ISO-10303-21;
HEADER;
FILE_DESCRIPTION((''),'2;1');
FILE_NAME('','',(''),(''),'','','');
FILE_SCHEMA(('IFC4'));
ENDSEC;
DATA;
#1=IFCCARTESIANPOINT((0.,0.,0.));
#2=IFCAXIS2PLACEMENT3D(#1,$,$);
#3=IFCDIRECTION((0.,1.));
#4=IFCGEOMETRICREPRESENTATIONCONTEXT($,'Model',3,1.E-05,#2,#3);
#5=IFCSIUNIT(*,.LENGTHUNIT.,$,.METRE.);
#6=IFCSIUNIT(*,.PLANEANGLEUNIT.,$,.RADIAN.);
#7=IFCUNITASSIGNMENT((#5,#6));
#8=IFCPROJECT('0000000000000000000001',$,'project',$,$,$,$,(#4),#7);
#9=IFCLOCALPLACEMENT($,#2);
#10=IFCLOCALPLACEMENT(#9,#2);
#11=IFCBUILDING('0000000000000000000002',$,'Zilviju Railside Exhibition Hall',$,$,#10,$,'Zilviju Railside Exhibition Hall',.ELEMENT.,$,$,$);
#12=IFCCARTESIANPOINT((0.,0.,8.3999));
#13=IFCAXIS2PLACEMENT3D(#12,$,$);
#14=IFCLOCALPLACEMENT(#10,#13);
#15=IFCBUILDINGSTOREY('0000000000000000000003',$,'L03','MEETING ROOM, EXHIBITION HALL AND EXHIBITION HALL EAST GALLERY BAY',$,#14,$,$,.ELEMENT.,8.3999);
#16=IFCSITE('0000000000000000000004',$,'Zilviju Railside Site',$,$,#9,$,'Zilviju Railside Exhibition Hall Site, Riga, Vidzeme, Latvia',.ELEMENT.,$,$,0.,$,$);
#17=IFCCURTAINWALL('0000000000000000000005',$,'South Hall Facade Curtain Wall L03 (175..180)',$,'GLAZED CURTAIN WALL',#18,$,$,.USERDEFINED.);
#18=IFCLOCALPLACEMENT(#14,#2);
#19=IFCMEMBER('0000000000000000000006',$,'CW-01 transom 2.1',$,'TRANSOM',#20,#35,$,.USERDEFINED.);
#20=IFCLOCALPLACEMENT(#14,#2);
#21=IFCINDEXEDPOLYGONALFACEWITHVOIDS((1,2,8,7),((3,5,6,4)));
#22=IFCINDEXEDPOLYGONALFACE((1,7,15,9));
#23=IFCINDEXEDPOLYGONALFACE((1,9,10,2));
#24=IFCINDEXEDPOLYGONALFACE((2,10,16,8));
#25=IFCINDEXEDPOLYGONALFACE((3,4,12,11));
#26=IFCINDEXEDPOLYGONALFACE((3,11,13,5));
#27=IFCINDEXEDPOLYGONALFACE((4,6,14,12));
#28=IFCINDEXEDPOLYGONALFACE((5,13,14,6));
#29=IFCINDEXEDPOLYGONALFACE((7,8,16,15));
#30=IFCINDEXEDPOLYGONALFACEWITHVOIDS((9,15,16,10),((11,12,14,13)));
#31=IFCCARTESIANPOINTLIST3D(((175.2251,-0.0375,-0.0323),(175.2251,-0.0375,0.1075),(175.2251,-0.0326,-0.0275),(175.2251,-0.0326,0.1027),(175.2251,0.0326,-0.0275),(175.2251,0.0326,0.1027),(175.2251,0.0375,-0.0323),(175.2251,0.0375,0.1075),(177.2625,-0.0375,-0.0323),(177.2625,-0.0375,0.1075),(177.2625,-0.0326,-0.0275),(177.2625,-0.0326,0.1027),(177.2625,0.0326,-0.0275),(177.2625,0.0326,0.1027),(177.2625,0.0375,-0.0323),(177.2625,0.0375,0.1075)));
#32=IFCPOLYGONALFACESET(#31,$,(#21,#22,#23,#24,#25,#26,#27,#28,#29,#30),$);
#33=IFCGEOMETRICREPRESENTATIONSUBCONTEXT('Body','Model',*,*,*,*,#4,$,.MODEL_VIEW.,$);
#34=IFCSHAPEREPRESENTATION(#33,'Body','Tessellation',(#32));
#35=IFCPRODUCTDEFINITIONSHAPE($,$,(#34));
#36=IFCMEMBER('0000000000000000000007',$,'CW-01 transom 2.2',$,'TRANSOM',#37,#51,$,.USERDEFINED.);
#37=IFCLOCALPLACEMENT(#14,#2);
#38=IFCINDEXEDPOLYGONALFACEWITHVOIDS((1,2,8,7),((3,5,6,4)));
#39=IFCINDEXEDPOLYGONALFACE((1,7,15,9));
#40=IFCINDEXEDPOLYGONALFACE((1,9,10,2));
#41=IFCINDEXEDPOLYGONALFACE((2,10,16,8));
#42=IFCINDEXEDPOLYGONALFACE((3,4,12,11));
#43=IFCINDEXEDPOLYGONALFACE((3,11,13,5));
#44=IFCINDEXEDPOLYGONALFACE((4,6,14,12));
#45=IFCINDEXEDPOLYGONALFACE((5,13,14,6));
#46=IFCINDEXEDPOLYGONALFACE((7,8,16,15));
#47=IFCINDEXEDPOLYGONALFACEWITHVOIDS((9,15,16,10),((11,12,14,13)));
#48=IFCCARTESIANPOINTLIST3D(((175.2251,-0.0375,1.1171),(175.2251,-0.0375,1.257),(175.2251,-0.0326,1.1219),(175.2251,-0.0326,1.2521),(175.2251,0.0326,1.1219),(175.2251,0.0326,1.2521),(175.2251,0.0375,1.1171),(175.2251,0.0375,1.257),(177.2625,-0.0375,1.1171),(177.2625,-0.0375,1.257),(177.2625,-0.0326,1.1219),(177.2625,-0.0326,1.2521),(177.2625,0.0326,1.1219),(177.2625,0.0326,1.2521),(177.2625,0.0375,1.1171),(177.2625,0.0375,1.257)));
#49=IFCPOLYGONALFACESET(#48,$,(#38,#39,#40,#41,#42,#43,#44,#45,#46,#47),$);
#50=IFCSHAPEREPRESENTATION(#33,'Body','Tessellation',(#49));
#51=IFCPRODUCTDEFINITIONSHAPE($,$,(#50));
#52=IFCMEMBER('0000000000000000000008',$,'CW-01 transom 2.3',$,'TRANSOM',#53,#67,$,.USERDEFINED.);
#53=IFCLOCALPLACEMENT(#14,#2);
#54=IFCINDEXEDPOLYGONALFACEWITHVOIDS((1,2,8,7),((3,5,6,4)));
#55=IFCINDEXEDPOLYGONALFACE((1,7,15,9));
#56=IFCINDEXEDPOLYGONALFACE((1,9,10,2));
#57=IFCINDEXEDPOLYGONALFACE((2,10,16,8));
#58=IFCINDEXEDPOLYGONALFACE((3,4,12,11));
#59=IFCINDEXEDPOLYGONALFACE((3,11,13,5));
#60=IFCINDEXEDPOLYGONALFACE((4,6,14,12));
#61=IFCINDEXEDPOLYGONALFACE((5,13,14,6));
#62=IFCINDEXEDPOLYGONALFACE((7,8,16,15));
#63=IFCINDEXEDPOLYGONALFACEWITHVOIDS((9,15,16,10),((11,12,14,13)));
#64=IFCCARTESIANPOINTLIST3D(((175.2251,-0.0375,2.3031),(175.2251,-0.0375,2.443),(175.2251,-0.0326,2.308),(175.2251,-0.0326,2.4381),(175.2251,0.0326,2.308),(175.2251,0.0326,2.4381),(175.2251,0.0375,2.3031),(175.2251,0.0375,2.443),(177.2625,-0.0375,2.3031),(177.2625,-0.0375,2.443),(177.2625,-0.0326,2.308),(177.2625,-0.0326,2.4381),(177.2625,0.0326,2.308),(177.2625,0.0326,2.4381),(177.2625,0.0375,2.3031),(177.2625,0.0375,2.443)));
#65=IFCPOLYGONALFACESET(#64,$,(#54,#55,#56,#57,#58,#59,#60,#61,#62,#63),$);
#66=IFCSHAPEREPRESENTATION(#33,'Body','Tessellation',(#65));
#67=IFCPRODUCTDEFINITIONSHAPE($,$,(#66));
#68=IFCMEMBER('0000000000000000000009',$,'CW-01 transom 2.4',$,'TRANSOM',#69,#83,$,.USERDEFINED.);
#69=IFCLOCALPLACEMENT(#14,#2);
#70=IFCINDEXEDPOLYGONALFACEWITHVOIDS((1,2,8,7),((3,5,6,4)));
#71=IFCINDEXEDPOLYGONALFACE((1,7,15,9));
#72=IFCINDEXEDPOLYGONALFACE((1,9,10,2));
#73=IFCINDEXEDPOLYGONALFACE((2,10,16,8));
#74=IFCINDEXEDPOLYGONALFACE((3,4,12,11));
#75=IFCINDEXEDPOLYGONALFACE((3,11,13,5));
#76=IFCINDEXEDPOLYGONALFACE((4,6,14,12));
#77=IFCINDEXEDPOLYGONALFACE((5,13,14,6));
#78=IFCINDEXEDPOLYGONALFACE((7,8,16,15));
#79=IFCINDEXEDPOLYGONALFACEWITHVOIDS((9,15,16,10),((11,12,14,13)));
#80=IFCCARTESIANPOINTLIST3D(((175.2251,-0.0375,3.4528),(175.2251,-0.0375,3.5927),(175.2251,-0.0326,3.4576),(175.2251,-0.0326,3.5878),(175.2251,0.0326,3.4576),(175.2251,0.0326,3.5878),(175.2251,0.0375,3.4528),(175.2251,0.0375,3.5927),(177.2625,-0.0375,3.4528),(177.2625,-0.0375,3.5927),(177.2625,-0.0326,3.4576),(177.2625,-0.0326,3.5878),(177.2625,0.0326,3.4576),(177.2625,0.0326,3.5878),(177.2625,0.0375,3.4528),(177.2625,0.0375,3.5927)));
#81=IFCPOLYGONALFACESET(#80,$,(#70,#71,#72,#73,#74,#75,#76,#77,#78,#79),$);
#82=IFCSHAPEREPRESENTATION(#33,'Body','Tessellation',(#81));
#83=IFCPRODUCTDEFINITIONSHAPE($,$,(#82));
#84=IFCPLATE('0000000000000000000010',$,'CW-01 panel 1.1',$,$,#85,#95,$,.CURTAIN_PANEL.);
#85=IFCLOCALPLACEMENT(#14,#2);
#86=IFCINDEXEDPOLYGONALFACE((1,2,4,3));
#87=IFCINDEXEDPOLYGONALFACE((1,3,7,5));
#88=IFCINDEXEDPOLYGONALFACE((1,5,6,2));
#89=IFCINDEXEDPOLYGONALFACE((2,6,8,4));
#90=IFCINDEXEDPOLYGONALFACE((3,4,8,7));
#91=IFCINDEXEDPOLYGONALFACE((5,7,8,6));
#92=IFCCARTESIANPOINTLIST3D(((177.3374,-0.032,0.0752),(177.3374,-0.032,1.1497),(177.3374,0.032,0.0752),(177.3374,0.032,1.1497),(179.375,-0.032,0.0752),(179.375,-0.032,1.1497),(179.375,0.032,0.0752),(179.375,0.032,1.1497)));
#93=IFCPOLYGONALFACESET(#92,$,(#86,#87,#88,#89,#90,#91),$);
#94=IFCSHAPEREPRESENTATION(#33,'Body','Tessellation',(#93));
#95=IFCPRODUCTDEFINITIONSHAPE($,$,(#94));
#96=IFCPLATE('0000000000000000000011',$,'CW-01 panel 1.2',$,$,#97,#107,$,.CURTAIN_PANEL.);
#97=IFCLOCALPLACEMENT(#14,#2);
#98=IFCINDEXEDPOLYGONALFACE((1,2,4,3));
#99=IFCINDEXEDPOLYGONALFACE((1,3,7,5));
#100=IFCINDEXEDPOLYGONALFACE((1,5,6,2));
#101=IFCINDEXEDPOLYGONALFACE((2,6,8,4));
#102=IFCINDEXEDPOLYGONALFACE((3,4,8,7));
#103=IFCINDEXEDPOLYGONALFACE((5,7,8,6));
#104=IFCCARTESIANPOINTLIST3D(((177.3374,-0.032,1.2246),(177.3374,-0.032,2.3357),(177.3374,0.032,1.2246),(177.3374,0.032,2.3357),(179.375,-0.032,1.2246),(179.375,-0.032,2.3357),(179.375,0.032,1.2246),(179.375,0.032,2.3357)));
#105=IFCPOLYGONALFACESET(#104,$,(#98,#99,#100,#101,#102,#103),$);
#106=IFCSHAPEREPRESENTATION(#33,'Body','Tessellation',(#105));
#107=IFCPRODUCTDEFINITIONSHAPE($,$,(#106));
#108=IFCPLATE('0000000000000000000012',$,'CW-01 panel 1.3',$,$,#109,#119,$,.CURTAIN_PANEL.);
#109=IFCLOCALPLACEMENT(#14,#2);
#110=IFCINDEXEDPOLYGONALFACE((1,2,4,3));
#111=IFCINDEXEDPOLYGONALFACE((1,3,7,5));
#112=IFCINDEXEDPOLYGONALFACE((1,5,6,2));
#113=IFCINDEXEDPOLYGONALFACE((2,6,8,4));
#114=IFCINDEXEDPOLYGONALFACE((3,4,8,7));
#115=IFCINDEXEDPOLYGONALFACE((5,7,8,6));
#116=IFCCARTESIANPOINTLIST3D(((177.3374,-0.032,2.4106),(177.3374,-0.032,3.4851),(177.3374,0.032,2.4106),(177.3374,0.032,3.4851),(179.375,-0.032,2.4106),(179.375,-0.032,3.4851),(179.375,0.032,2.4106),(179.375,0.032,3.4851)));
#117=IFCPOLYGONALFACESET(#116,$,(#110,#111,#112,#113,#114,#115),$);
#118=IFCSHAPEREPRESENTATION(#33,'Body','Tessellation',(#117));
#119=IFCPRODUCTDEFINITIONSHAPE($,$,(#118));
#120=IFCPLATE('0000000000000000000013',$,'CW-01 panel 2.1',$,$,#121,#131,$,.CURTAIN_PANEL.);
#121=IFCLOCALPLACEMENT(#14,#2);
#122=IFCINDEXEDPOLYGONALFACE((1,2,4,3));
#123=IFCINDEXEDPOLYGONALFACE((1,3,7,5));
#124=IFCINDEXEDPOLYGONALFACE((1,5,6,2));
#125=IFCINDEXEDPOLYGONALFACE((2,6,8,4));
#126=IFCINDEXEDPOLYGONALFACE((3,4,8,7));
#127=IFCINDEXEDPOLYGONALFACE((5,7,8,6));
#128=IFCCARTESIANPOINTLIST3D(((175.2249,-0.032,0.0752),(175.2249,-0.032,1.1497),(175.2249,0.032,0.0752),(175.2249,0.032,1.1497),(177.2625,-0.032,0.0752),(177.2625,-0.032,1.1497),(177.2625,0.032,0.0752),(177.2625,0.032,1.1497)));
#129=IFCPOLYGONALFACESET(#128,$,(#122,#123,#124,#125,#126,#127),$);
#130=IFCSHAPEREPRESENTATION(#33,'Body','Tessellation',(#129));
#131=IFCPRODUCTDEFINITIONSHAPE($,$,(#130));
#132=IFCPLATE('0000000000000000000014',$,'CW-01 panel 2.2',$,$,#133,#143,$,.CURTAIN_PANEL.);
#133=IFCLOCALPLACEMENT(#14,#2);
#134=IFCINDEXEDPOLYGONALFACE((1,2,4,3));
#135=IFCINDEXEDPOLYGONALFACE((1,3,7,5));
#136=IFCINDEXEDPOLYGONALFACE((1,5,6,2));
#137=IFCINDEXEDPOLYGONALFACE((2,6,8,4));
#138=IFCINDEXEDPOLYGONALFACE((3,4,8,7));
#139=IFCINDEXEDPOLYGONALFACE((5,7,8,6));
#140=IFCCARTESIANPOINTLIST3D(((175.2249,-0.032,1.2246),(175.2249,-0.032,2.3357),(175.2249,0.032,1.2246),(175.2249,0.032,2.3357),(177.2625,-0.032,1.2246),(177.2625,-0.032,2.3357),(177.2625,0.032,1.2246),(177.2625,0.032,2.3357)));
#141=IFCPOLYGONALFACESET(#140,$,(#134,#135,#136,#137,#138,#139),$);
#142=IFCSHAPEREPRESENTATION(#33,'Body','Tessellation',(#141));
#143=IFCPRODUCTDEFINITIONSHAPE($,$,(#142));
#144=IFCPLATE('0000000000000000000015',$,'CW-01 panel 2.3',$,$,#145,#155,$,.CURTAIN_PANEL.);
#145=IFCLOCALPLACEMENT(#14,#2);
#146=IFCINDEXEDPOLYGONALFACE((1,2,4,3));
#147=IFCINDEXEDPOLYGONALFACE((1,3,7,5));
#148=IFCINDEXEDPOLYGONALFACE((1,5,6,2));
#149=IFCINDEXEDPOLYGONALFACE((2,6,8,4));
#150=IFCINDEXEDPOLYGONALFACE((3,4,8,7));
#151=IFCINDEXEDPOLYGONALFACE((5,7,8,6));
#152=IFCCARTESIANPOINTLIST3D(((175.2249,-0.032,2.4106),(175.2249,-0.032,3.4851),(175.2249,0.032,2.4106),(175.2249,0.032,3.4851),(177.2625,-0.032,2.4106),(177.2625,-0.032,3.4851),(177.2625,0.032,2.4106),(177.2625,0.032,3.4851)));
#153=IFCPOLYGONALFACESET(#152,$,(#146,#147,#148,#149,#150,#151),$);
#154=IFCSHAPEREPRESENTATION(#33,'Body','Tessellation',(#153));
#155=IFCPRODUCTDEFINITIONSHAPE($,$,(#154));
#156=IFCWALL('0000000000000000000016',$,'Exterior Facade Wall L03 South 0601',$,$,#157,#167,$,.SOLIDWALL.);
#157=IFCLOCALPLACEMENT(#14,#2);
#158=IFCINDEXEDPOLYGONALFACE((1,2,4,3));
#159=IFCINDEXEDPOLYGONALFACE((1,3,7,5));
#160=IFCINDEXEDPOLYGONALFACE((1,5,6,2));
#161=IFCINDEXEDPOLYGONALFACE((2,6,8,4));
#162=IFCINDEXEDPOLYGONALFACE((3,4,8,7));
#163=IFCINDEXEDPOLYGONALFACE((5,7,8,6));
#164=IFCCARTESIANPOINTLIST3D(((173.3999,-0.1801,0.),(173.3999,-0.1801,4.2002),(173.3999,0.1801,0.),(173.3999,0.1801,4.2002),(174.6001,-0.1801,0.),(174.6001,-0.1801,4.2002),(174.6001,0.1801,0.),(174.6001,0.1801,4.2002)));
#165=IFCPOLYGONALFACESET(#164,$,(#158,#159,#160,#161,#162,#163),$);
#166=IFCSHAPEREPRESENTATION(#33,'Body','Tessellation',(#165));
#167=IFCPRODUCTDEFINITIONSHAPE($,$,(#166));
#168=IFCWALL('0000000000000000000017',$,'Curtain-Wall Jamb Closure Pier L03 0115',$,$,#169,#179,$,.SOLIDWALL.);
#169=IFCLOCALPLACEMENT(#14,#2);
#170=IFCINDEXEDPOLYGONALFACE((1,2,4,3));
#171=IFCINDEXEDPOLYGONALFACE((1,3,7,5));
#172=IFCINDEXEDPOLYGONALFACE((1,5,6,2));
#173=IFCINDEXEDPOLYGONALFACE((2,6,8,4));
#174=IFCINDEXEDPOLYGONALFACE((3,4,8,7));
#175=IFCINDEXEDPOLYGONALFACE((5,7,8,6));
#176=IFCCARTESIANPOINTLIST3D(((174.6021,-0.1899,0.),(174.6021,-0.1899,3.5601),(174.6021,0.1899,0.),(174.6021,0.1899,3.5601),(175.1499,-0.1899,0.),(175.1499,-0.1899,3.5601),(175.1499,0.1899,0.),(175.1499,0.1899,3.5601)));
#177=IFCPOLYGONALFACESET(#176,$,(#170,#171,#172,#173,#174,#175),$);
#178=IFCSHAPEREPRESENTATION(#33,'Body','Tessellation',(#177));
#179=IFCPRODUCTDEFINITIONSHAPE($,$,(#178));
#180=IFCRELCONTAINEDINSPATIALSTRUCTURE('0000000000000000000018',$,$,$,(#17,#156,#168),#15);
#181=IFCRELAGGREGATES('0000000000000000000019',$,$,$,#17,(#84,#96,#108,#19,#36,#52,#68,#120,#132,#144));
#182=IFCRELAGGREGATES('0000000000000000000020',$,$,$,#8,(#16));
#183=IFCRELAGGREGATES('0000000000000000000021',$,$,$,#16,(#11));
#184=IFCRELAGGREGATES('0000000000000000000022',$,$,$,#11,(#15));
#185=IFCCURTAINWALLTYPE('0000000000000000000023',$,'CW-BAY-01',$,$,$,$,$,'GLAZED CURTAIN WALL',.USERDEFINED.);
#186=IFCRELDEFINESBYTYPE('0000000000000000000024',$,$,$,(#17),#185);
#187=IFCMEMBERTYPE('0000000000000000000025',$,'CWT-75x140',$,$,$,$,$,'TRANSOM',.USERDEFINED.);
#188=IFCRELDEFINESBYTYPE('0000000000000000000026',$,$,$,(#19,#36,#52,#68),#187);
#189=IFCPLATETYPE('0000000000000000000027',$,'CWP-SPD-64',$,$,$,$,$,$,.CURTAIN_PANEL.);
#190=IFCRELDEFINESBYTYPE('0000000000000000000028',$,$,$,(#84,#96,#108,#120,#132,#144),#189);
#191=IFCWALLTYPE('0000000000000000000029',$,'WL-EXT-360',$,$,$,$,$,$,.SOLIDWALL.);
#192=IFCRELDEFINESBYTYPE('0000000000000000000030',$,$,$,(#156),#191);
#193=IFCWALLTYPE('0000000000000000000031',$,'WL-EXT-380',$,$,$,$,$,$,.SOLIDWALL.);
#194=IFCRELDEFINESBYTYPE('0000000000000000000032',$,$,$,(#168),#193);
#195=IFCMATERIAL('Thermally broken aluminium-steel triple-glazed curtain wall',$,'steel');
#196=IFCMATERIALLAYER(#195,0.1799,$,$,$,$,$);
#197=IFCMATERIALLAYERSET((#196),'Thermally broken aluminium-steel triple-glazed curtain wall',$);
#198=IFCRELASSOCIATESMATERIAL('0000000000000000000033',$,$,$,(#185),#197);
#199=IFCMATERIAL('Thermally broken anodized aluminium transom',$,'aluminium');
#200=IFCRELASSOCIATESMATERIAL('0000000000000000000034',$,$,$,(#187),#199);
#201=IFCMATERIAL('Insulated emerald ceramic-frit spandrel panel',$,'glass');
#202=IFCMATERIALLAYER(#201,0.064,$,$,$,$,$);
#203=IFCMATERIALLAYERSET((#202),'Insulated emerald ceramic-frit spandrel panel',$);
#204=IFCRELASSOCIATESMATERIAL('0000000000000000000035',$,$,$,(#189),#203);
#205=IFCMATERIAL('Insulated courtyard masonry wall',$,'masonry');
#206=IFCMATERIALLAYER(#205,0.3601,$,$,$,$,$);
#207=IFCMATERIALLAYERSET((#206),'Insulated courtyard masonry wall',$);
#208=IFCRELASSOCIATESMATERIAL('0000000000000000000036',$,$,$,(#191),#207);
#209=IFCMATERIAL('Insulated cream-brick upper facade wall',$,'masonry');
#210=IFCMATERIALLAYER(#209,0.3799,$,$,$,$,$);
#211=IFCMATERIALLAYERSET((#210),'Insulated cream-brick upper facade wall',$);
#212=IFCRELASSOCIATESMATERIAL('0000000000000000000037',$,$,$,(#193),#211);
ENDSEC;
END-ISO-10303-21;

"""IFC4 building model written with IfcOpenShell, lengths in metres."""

from ifc_helpers import new_model, si_unit, direction, frame, frame_2d, origin, origin_2d, place, context, subcontext, project, spatial, rectangle, hollow_rectangle, extrude, material, layer, layer_set, material_profile, profile_set, type_object, element, aggregate, save


model = new_model("IFC4")

# Units and contexts
model_context = context("Model", 3, precision=1e-05, world=origin(), true_north=direction((0.0, 1.0)))
body_context = subcontext(model_context, "Body", "Model", "MODEL_VIEW")
ifc_project = project(units=[si_unit("LENGTHUNIT", "METRE"), si_unit("PLANEANGLEUNIT", "RADIAN")], contexts=[model_context])

# Site, building, storey
site_placement = place(None, origin())
site = spatial("IfcSite", under=ifc_project, at=site_placement, Name="Zilviju Railside Site", LongName="Zilviju Railside Exhibition Hall Site, Riga, Vidzeme, Latvia", CompositionType="ELEMENT", RefElevation=0.0)
building_placement = place(site_placement, origin())
building = spatial("IfcBuilding", under=site, at=building_placement, Name="Zilviju Railside Exhibition Hall", LongName="Zilviju Railside Exhibition Hall", CompositionType="ELEMENT")
storey_placement = place(building_placement, frame((0.0, 0.0, 8.3999)))
storey = spatial("IfcBuildingStorey", under=building, at=storey_placement, Name="L03", Description="MEETING ROOM, EXHIBITION HALL AND EXHIBITION HALL EAST GALLERY BAY", CompositionType="ELEMENT", Elevation=8.3999)

# Curtain wall, members, plates
ifc_material_1 = material(Name="Thermally broken aluminium-steel triple-glazed curtain wall", Category="steel")
ifc_layer_1 = layer(ifc_material_1, 0.1799)
ifc_layer_set_1 = layer_set([ifc_layer_1], Name="Thermally broken aluminium-steel triple-glazed curtain wall")
curtain_wall_type = type_object("IfcCurtainWallType", Name="CW-BAY-01", ElementType="GLAZED CURTAIN WALL", PredefinedType="USERDEFINED", material=ifc_layer_set_1)
curtain_wall_placement = place(storey_placement, origin())
curtain_wall = element("IfcCurtainWall", 1, at=curtain_wall_placement, inside=storey, type_object=curtain_wall_type, Name="South Hall Facade Curtain Wall L03 (175..180)", ObjectType="GLAZED CURTAIN WALL", PredefinedType="USERDEFINED")
ifc_material_2 = material(Name="Thermally broken anodized aluminium transom", Category="aluminium")
ifc_material_profile_1 = material_profile(ifc_material_2, hollow_rectangle(XDim=0.075, YDim=0.1399, WallThickness=0.0049, at=origin_2d()), Name="TRANSOM 140x75x5")
ifc_profile_set_1 = profile_set([ifc_material_profile_1], Name="Thermally broken anodized aluminium transom")
member_type_1 = type_object("IfcMemberType", Name="CWT-75x140", ElementType="TRANSOM", PredefinedType="USERDEFINED", material=ifc_profile_set_1)
member_1_placement = place(storey_placement, frame((177.2625, 0.0, 0.0376), z_axis=(-1.0, 0.0, 0.0), x_axis=(0.0, -1.0, 0.0)))
member_1 = element("IfcMember", 2, at=member_1_placement, type_object=member_type_1, Name="CW-01 transom 2.1", ObjectType="TRANSOM", PredefinedType="USERDEFINED", context=body_context, shape_type="SweptSolid", body=[
    extrude(hollow_rectangle(XDim=0.075, YDim=0.1399, WallThickness=0.0049, at=origin_2d()), origin(), (0.0, 0.0, 1.0), 2.0374),
])
member_2_placement = place(storey_placement, frame((177.2625, 0.0, 1.187), z_axis=(-1.0, 0.0, 0.0), x_axis=(0.0, -1.0, 0.0)))
member_2 = element("IfcMember", 3, at=member_2_placement, type_object=member_type_1, Name="CW-01 transom 2.2", ObjectType="TRANSOM", PredefinedType="USERDEFINED", context=body_context, shape_type="SweptSolid", body=[
    extrude(hollow_rectangle(XDim=0.075, YDim=0.1399, WallThickness=0.0049, at=origin_2d()), origin(), (0.0, 0.0, 1.0), 2.0374),
])
member_3_placement = place(storey_placement, frame((177.2625, 0.0, 2.373), z_axis=(-1.0, 0.0, 0.0), x_axis=(0.0, -1.0, 0.0)))
member_3 = element("IfcMember", 4, at=member_3_placement, type_object=member_type_1, Name="CW-01 transom 2.3", ObjectType="TRANSOM", PredefinedType="USERDEFINED", context=body_context, shape_type="SweptSolid", body=[
    extrude(hollow_rectangle(XDim=0.075, YDim=0.1399, WallThickness=0.0049, at=origin_2d()), origin(), (0.0, 0.0, 1.0), 2.0374),
])
member_4_placement = place(storey_placement, frame((177.2625, 0.0, 3.5227), z_axis=(-1.0, 0.0, 0.0), x_axis=(0.0, -1.0, 0.0)))
member_4 = element("IfcMember", 5, at=member_4_placement, type_object=member_type_1, Name="CW-01 transom 2.4", ObjectType="TRANSOM", PredefinedType="USERDEFINED", context=body_context, shape_type="SweptSolid", body=[
    extrude(hollow_rectangle(XDim=0.075, YDim=0.1399, WallThickness=0.0049, at=origin_2d()), origin(), (0.0, 0.0, 1.0), 2.0374),
])
ifc_material_3 = material(Name="Insulated emerald ceramic-frit spandrel panel", Category="glass")
ifc_layer_2 = layer(ifc_material_3, 0.064)
ifc_layer_set_2 = layer_set([ifc_layer_2], Name="Insulated emerald ceramic-frit spandrel panel")
plate_type = type_object("IfcPlateType", Name="CWP-SPD-64", PredefinedType="CURTAIN_PANEL", material=ifc_layer_set_2)
plate_1_placement = place(storey_placement, frame((178.3562, 0.0, 0.0752), z_axis=(0.0, 0.0, 1.0), x_axis=(-1.0, 0.0, 0.0)))
plate_1 = element("IfcPlate", 6, at=plate_1_placement, type_object=plate_type, Name="CW-01 panel 1.1", PredefinedType="CURTAIN_PANEL", context=body_context, shape_type="SweptSolid", body=[
    extrude(rectangle(XDim=2.0376, YDim=0.064, at=origin_2d()), origin(), (0.0, 0.0, 1.0), 1.0745),
])
plate_2_placement = place(storey_placement, frame((178.3562, 0.0, 1.2246), z_axis=(0.0, 0.0, 1.0), x_axis=(-1.0, 0.0, 0.0)))
plate_2 = element("IfcPlate", 7, at=plate_2_placement, type_object=plate_type, Name="CW-01 panel 1.2", PredefinedType="CURTAIN_PANEL", context=body_context, shape_type="SweptSolid", body=[
    extrude(rectangle(XDim=2.0376, YDim=0.064, at=origin_2d()), origin(), (0.0, 0.0, 1.0), 1.1111),
])
plate_3_placement = place(storey_placement, frame((178.3562, 0.0, 2.4106), z_axis=(0.0, 0.0, 1.0), x_axis=(-1.0, 0.0, 0.0)))
plate_3 = element("IfcPlate", 8, at=plate_3_placement, type_object=plate_type, Name="CW-01 panel 1.3", PredefinedType="CURTAIN_PANEL", context=body_context, shape_type="SweptSolid", body=[
    extrude(rectangle(XDim=2.0376, YDim=0.064, at=origin_2d()), origin(), (0.0, 0.0, 1.0), 1.0745),
])
plate_4_placement = place(storey_placement, frame((176.2437, 0.0, 0.0752), z_axis=(0.0, 0.0, 1.0), x_axis=(-1.0, 0.0, 0.0)))
plate_4 = element("IfcPlate", 9, at=plate_4_placement, type_object=plate_type, Name="CW-01 panel 2.1", PredefinedType="CURTAIN_PANEL", context=body_context, shape_type="SweptSolid", body=[
    extrude(rectangle(XDim=2.0376, YDim=0.064, at=origin_2d()), origin(), (0.0, 0.0, 1.0), 1.0745),
])
plate_5_placement = place(storey_placement, frame((176.2437, 0.0, 1.2246), z_axis=(0.0, 0.0, 1.0), x_axis=(-1.0, 0.0, 0.0)))
plate_5 = element("IfcPlate", 10, at=plate_5_placement, type_object=plate_type, Name="CW-01 panel 2.2", PredefinedType="CURTAIN_PANEL", context=body_context, shape_type="SweptSolid", body=[
    extrude(rectangle(XDim=2.0376, YDim=0.064, at=origin_2d()), origin(), (0.0, 0.0, 1.0), 1.1111),
])
plate_6_placement = place(storey_placement, frame((176.2437, 0.0, 2.4106), z_axis=(0.0, 0.0, 1.0), x_axis=(-1.0, 0.0, 0.0)))
plate_6 = element("IfcPlate", 11, at=plate_6_placement, type_object=plate_type, Name="CW-01 panel 2.3", PredefinedType="CURTAIN_PANEL", context=body_context, shape_type="SweptSolid", body=[
    extrude(rectangle(XDim=2.0376, YDim=0.064, at=origin_2d()), origin(), (0.0, 0.0, 1.0), 1.0745),
])
aggregate(curtain_wall, [plate_1, plate_2, plate_3, member_1, member_2, member_3, member_4, plate_4, plate_5, plate_6])

# Walls
ifc_material_4 = material(Name="Insulated courtyard masonry wall", Category="masonry")
ifc_layer_3 = layer(ifc_material_4, 0.3601)
ifc_layer_set_3 = layer_set([ifc_layer_3], Name="Insulated courtyard masonry wall")
wall_type_1 = type_object("IfcWallType", Name="WL-EXT-360", PredefinedType="SOLIDWALL", material=ifc_layer_set_3)
wall_1_placement = place(storey_placement, frame((174.6001, 0.0, 0.0), z_axis=(0.0, 0.0, 1.0), x_axis=(-1.0, 0.0, 0.0)))
element("IfcWall", 12, at=wall_1_placement, inside=storey, type_object=wall_type_1, Name="Exterior Facade Wall L03 South 0601", PredefinedType="SOLIDWALL", context=body_context, shape_type="SweptSolid", body=[
    extrude(rectangle(XDim=1.2002, YDim=0.3601, at=frame_2d((0.6001, 0.0))), origin(), (0.0, 0.0, 1.0), 4.2002),
])
ifc_material_5 = material(Name="Insulated cream-brick upper facade wall", Category="masonry")
ifc_layer_4 = layer(ifc_material_5, 0.3799)
ifc_layer_set_4 = layer_set([ifc_layer_4], Name="Insulated cream-brick upper facade wall")
wall_type_2 = type_object("IfcWallType", Name="WL-EXT-380", PredefinedType="SOLIDWALL", material=ifc_layer_set_4)
wall_2_placement = place(storey_placement, frame((175.1499, 0.0, 0.0), z_axis=(0.0, 0.0, 1.0), x_axis=(-1.0, 0.0, 0.0)))
element("IfcWall", 13, at=wall_2_placement, inside=storey, type_object=wall_type_2, Name="Curtain-Wall Jamb Closure Pier L03 0115", PredefinedType="SOLIDWALL", context=body_context, shape_type="SweptSolid", body=[
    extrude(rectangle(XDim=0.5479, YDim=0.3799, at=frame_2d((0.2739, 0.0))), origin(), (0.0, 0.0, 1.0), 3.5601),
])

save(model, "model.ifc")
